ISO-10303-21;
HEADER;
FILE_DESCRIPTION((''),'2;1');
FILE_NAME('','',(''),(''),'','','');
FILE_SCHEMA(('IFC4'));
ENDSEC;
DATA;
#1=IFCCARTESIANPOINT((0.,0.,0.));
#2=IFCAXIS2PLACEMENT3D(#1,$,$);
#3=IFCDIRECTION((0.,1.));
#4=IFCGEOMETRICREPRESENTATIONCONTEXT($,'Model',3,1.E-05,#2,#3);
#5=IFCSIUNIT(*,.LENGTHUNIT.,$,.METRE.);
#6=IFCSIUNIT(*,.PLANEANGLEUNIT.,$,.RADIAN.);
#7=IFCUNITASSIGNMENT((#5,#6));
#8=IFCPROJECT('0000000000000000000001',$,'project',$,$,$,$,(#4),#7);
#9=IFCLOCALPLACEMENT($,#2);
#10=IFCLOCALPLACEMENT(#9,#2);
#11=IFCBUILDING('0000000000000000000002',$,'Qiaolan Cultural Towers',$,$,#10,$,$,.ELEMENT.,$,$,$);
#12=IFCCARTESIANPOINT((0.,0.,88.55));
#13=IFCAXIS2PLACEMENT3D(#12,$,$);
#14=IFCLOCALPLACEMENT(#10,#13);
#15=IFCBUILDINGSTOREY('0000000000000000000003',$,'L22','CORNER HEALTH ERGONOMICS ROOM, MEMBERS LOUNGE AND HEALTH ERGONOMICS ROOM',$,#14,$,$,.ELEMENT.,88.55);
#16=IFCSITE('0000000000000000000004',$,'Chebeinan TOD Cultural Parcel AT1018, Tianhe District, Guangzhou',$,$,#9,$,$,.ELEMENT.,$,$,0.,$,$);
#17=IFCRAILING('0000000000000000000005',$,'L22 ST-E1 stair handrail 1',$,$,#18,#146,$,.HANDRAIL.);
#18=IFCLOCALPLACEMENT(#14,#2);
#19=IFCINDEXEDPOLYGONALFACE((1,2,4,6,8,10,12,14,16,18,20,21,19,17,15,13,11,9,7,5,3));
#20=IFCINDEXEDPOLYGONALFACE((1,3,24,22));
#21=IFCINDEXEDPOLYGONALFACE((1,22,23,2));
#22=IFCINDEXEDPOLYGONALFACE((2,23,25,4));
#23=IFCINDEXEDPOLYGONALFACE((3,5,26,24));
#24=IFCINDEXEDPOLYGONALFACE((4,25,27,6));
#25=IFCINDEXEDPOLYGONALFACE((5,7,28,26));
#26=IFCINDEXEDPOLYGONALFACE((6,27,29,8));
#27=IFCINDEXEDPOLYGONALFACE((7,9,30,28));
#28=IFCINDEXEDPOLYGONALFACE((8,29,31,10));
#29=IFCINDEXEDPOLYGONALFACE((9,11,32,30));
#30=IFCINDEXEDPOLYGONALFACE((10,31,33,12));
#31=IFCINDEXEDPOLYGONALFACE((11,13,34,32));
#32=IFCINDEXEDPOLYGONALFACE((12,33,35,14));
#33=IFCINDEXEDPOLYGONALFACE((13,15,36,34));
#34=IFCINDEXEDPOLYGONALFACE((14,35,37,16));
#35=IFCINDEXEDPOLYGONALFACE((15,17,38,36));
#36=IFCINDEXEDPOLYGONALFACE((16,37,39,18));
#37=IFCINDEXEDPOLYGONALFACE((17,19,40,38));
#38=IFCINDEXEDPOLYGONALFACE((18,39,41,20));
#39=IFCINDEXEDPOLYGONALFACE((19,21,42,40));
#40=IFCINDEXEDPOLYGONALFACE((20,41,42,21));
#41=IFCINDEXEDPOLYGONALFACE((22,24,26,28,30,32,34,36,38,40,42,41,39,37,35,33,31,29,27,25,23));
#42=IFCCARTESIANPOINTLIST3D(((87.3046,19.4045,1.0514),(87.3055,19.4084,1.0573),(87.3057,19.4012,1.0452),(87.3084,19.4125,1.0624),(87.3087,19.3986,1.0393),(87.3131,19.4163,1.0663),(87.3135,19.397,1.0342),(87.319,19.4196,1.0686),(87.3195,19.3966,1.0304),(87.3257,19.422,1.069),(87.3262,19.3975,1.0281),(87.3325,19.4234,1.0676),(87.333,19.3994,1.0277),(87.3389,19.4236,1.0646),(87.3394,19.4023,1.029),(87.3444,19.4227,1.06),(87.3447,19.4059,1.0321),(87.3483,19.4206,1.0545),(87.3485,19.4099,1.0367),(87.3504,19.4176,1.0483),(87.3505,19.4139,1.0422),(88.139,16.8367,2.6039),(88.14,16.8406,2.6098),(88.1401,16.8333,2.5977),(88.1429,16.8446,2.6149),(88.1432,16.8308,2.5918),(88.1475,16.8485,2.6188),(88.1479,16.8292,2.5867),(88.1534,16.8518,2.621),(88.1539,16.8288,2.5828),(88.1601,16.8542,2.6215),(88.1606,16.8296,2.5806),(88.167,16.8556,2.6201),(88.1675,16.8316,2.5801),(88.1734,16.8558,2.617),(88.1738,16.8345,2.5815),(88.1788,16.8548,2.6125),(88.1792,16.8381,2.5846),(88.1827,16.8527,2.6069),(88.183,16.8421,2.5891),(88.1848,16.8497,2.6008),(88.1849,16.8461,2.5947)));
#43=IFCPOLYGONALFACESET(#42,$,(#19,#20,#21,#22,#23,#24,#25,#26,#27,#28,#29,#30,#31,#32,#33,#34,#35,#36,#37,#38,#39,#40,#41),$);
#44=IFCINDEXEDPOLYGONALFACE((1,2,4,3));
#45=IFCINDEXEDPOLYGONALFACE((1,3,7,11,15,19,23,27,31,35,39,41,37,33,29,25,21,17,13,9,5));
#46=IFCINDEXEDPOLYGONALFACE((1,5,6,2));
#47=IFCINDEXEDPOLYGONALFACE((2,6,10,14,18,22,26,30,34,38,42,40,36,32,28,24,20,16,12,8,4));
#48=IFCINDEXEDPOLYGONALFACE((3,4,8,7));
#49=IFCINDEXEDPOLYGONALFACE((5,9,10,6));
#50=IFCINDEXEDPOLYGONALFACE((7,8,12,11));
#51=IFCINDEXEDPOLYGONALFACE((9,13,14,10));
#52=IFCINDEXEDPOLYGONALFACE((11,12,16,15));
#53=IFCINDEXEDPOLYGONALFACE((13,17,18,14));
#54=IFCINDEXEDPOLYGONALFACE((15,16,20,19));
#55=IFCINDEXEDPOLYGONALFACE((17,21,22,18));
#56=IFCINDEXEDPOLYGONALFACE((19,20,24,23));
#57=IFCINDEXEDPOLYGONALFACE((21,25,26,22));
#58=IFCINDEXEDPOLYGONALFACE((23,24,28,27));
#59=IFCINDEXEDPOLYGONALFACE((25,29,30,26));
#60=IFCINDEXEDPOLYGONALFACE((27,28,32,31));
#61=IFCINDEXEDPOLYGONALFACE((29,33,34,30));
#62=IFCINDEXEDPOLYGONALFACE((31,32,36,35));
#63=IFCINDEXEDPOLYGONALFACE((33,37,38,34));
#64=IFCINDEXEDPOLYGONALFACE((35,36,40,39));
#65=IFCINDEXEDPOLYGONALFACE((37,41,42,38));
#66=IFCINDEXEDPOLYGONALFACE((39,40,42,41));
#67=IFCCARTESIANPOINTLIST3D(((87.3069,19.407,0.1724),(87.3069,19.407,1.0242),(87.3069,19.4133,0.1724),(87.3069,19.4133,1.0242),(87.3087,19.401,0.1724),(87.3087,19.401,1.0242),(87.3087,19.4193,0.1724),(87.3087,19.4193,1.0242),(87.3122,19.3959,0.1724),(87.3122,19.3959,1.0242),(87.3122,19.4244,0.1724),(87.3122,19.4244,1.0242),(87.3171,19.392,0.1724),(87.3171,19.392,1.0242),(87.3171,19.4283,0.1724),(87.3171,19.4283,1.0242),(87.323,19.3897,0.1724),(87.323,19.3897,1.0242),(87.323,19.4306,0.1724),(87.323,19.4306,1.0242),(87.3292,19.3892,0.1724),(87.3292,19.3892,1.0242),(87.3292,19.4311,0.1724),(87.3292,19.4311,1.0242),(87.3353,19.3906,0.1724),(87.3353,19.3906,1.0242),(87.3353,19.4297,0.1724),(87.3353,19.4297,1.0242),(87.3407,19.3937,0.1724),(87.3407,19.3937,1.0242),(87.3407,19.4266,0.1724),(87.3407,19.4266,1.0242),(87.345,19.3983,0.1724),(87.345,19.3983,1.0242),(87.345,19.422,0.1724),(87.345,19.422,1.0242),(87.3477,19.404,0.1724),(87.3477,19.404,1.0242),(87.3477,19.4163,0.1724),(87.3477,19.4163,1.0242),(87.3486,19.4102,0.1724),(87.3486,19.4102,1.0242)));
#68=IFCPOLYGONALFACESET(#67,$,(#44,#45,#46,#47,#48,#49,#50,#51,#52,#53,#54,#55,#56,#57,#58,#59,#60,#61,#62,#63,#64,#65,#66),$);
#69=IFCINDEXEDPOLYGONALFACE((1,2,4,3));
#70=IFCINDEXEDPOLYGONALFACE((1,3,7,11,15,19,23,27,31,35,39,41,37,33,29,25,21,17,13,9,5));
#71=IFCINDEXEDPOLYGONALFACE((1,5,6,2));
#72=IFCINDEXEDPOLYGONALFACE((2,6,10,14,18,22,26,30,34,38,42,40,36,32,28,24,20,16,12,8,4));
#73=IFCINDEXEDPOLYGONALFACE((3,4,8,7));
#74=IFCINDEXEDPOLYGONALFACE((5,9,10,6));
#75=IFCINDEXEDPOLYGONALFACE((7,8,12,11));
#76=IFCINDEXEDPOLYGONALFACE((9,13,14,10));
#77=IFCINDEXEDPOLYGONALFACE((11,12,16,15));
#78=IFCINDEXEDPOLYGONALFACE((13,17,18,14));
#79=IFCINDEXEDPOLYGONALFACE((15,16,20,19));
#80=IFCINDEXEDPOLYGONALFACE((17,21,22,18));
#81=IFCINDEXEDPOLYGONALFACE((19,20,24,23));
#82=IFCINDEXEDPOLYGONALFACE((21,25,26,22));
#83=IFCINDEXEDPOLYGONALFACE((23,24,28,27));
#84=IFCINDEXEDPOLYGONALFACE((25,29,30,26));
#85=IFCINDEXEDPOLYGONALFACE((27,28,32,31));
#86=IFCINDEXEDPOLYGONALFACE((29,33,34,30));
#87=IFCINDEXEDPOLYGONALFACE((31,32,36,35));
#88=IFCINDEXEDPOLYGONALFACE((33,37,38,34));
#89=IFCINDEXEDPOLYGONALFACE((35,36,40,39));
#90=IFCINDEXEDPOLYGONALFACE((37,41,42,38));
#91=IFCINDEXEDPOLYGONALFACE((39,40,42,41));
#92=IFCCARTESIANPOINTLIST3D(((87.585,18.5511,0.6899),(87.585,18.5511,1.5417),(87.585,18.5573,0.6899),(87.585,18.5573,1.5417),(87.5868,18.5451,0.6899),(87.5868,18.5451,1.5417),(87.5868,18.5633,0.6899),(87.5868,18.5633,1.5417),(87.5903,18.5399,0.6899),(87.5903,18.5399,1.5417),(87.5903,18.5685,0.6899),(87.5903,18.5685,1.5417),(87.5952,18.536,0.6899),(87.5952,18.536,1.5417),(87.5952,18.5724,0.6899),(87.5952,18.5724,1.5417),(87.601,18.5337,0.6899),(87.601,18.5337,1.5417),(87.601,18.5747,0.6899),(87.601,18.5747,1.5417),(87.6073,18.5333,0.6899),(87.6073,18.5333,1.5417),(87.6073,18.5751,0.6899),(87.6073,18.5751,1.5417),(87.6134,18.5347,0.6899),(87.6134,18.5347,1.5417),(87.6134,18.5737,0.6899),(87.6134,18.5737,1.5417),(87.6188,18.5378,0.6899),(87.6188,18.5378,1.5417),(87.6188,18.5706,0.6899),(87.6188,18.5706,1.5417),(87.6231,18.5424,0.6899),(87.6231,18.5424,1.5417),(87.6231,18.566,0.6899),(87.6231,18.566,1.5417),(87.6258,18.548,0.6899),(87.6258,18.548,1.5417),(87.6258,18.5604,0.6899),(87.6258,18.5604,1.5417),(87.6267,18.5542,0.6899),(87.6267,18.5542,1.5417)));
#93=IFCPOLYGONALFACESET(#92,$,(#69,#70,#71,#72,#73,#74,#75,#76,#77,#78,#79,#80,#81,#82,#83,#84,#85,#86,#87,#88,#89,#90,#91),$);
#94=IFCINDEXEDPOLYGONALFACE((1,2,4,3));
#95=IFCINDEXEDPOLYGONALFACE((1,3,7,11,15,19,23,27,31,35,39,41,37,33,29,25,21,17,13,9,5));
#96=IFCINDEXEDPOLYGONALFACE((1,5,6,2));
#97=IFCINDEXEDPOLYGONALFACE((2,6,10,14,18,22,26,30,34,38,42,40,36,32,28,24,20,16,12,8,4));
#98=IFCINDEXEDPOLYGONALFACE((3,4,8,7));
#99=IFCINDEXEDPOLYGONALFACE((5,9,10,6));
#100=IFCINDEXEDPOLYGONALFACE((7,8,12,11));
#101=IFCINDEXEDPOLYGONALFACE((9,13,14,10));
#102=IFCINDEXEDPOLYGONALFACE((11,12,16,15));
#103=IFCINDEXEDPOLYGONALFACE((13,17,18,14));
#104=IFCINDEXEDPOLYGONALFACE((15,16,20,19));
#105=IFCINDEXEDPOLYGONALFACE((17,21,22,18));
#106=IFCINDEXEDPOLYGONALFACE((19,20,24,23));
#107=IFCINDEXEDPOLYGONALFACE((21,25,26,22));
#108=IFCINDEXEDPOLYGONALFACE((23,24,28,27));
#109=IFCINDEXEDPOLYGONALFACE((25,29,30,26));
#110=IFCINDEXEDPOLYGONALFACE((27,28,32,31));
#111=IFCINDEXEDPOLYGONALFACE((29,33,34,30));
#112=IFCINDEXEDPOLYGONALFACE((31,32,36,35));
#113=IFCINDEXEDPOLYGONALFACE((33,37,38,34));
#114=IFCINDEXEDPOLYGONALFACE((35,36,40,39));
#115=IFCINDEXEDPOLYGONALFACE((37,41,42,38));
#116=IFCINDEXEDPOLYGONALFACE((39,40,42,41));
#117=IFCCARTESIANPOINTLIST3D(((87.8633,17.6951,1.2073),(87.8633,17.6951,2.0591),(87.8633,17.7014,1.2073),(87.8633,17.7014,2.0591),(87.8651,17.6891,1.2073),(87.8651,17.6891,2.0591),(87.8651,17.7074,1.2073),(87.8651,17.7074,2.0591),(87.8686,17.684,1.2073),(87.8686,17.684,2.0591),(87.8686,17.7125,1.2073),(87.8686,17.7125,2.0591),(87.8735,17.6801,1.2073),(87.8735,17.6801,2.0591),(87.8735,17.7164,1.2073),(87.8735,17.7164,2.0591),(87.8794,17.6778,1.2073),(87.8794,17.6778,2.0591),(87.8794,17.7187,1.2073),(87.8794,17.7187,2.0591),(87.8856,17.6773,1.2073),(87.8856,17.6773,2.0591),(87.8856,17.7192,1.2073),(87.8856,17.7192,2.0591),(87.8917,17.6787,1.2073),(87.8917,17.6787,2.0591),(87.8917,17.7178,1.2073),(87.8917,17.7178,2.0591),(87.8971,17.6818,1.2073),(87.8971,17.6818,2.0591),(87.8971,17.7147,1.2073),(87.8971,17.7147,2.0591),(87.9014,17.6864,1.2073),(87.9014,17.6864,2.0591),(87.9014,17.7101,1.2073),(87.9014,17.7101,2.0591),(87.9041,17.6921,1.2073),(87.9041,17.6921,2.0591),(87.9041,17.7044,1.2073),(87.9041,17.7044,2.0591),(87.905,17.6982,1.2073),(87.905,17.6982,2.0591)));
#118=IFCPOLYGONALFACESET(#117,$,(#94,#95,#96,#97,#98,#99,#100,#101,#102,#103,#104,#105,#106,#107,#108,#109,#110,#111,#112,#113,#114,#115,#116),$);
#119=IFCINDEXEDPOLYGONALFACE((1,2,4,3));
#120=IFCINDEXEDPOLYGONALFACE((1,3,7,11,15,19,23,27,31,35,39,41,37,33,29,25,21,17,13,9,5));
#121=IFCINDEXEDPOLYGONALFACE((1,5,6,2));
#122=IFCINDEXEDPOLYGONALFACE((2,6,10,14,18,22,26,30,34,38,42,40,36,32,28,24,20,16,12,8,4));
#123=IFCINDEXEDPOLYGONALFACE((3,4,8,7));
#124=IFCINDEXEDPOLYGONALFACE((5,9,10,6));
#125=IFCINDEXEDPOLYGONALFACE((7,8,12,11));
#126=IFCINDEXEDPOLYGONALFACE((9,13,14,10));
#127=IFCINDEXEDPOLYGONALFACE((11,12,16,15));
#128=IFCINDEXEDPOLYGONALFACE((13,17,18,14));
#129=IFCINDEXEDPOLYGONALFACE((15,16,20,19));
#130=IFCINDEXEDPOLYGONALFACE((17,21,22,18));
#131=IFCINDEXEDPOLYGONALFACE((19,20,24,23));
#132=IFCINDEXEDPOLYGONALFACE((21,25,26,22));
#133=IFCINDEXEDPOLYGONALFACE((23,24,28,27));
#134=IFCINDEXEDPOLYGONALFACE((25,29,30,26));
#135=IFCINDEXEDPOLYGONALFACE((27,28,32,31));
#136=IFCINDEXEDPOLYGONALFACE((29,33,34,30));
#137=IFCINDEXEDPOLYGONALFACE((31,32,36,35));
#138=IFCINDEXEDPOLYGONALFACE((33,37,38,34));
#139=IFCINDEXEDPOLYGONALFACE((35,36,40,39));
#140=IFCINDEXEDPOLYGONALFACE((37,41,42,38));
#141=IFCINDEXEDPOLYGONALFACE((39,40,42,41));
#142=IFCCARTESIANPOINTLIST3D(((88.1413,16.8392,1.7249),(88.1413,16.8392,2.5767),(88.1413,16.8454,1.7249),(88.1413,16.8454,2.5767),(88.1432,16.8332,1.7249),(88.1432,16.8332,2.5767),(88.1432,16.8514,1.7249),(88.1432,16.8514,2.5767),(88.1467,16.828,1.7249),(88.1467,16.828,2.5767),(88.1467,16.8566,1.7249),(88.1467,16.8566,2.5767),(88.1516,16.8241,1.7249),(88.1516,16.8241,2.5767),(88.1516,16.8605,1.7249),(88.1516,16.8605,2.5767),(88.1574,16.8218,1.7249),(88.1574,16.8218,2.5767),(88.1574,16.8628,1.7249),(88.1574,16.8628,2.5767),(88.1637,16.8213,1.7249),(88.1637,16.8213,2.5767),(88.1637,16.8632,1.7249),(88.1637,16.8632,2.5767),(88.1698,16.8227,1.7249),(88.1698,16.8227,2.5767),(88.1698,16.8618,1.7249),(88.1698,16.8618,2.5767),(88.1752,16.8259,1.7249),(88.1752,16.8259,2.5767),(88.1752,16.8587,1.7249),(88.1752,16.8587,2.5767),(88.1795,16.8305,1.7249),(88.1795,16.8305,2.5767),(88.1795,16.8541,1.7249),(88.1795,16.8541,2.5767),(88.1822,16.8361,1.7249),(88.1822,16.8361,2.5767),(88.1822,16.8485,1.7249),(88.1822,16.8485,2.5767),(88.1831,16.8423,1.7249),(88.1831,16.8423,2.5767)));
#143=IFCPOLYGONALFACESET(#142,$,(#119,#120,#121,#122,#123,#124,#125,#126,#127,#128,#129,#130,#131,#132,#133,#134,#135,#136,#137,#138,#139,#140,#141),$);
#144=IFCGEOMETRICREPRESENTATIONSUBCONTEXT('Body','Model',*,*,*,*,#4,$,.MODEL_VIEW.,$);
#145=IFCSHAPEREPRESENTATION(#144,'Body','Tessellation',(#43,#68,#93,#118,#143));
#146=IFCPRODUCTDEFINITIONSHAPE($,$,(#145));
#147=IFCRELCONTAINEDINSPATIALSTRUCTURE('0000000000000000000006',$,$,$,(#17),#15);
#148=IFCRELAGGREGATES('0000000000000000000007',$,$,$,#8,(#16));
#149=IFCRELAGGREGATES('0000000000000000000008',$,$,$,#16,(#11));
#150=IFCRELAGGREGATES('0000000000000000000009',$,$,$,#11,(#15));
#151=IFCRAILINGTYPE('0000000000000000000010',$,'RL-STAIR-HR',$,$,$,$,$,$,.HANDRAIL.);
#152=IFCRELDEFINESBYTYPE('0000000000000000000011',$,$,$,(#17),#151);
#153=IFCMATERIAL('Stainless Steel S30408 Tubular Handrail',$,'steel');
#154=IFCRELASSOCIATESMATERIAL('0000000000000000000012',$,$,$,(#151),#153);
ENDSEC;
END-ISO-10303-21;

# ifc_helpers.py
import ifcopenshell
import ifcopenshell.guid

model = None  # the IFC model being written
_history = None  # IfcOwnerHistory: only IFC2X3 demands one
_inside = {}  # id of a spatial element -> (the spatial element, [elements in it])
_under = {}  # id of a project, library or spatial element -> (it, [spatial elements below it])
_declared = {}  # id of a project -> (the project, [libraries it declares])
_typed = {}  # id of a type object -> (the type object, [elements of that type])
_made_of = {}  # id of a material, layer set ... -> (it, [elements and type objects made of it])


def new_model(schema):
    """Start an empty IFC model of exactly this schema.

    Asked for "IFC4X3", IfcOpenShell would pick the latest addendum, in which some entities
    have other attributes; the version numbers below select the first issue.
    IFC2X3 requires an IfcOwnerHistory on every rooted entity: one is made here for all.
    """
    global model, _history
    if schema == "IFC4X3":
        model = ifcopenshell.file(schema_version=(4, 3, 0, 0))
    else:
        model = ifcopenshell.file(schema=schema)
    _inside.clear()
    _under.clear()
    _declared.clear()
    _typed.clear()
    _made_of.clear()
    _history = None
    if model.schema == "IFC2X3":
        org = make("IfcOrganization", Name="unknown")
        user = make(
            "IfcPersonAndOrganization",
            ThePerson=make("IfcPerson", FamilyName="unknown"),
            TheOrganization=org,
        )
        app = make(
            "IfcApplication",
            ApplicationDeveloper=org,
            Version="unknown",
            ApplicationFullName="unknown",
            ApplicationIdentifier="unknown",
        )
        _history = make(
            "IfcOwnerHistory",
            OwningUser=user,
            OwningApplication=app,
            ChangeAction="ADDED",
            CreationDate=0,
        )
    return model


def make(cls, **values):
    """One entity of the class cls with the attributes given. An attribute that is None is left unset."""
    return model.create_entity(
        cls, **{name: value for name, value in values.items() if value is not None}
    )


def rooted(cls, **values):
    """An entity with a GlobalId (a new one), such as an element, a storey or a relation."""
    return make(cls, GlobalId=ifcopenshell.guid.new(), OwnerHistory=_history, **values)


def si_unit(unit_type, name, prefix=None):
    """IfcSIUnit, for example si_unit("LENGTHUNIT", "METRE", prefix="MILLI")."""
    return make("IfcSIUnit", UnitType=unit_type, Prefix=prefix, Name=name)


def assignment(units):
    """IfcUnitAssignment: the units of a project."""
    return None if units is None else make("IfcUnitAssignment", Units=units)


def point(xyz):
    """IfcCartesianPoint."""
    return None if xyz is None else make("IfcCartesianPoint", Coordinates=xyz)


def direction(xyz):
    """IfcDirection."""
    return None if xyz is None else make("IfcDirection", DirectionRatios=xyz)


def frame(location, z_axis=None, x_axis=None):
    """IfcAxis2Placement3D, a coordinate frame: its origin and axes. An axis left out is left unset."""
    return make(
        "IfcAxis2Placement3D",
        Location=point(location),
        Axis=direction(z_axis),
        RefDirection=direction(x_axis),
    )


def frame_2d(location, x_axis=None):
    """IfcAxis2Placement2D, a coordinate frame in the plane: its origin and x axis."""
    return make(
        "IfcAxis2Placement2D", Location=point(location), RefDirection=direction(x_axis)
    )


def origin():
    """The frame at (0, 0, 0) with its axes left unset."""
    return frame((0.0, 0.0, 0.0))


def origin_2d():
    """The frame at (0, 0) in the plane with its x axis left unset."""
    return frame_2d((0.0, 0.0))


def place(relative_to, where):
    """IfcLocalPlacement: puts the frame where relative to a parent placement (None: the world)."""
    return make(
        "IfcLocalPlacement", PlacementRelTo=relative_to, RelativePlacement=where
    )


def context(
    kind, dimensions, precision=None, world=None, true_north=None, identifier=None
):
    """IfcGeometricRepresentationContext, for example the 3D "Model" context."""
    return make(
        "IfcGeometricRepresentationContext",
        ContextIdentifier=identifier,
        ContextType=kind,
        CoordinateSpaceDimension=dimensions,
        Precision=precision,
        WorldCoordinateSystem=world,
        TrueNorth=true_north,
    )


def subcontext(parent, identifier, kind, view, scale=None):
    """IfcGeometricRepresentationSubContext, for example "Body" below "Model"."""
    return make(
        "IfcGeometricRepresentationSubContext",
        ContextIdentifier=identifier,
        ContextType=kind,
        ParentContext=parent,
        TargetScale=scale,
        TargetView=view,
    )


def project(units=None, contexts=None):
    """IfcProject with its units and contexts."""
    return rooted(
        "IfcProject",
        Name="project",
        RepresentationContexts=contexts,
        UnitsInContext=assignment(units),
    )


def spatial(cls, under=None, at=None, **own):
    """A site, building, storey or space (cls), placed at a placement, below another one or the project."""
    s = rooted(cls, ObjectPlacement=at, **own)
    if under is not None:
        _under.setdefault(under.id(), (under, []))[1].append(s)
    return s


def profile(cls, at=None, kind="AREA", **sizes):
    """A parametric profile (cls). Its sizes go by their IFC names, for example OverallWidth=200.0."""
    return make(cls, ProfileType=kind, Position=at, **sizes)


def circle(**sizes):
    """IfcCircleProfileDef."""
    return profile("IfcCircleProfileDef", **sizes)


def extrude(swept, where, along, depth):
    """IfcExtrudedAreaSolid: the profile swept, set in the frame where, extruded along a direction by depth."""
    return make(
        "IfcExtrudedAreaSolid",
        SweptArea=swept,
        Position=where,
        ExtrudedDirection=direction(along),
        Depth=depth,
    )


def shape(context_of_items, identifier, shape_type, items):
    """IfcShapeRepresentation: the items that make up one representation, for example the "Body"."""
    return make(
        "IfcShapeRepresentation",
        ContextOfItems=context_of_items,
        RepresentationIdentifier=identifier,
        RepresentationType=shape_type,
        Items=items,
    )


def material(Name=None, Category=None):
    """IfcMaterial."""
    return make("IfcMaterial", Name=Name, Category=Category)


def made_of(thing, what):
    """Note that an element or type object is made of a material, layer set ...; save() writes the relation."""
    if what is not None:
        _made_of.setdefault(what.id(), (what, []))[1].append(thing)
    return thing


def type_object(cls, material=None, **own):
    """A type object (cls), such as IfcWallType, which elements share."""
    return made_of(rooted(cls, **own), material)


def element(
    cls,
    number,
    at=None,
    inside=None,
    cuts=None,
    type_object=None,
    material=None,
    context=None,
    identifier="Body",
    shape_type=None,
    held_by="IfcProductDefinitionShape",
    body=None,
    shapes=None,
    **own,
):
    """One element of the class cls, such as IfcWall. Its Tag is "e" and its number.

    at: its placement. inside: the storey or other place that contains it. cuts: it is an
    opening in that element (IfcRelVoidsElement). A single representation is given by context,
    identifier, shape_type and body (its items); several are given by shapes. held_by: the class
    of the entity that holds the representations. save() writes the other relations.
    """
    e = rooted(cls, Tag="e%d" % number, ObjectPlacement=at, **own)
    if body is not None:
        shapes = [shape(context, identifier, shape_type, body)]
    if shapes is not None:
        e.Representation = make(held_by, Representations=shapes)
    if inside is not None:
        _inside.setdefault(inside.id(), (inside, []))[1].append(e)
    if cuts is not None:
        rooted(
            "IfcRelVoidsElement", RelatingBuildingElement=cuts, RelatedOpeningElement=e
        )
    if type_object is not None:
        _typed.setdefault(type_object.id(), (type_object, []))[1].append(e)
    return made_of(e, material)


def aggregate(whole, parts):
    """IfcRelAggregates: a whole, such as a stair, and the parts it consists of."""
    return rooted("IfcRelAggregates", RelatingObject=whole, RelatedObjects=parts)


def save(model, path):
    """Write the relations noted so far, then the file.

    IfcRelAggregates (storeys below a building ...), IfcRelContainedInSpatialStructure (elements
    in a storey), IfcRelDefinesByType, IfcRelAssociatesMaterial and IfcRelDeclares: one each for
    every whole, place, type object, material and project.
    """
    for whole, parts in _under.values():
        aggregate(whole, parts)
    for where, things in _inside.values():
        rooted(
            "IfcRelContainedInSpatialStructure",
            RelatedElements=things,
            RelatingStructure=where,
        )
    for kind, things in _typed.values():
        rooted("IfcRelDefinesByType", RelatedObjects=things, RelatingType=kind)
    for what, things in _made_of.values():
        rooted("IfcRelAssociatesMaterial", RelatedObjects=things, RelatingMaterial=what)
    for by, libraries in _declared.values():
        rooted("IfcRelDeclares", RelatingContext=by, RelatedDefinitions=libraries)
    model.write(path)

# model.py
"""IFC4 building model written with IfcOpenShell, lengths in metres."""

from ifc_helpers import new_model, si_unit, direction, frame, origin, origin_2d, place, context, subcontext, project, spatial, circle, extrude, material, type_object, element, save


model = new_model("IFC4")

# Units and contexts
model_context = context("Model", 3, precision=1e-05, world=origin(), true_north=direction((0.0, 1.0)))
body_context = subcontext(model_context, "Body", "Model", "MODEL_VIEW")
ifc_project = project(units=[si_unit("LENGTHUNIT", "METRE"), si_unit("PLANEANGLEUNIT", "RADIAN")], contexts=[model_context])

# Site, building, storey
site_placement = place(None, origin())
site = spatial("IfcSite", under=ifc_project, at=site_placement, Name="Chebeinan TOD Cultural Parcel AT1018, Tianhe District, Guangzhou", CompositionType="ELEMENT", RefElevation=0.0)
building_placement = place(site_placement, origin())
building = spatial("IfcBuilding", under=site, at=building_placement, Name="Qiaolan Cultural Towers", CompositionType="ELEMENT")
storey_placement = place(building_placement, frame((0.0, 0.0, 88.55)))
storey = spatial("IfcBuildingStorey", under=building, at=storey_placement, Name="L22", Description="CORNER HEALTH ERGONOMICS ROOM, MEMBERS LOUNGE AND HEALTH ERGONOMICS ROOM", CompositionType="ELEMENT", Elevation=88.55)

# Railing
ifc_material_1 = material(Name="Stainless Steel S30408 Tubular Handrail", Category="steel")
railing_type_1 = type_object("IfcRailingType", Name="RL-STAIR-HR", PredefinedType="HANDRAIL", material=ifc_material_1)
railing_1_placement = place(storey_placement, frame((87.3276, 19.4102, 0.1724)))
element("IfcRailing", 1, at=railing_1_placement, inside=storey, type_object=railing_type_1, Name="L22 ST-E1 stair handrail 1", PredefinedType="HANDRAIL", context=body_context, shape_type="SweptSolid", body=[
    extrude(circle(Radius=0.0239, at=origin_2d()), frame((0.0, 0.0, 0.876), z_axis=(0.267926, -0.824471, 0.498461), x_axis=(0.951043, 0.309057, 0.0)), (0.0, 0.0, 1.0), 3.1145),
    extrude(circle(Radius=0.021, at=origin_2d()), origin(), (0.0, 0.0, 1.0), 0.8518),
    extrude(circle(Radius=0.021, at=origin_2d()), frame((0.2781, -0.856, 0.5176)), (0.0, 0.0, 1.0), 0.8518),
    extrude(circle(Radius=0.021, at=origin_2d()), frame((0.5564, -1.7119, 1.0349)), (0.0, 0.0, 1.0), 0.8518),
    extrude(circle(Radius=0.021, at=origin_2d()), frame((0.8345, -2.5679, 1.5525)), (0.0, 0.0, 1.0), 0.8518),
])

save(model, "model.ifc")
